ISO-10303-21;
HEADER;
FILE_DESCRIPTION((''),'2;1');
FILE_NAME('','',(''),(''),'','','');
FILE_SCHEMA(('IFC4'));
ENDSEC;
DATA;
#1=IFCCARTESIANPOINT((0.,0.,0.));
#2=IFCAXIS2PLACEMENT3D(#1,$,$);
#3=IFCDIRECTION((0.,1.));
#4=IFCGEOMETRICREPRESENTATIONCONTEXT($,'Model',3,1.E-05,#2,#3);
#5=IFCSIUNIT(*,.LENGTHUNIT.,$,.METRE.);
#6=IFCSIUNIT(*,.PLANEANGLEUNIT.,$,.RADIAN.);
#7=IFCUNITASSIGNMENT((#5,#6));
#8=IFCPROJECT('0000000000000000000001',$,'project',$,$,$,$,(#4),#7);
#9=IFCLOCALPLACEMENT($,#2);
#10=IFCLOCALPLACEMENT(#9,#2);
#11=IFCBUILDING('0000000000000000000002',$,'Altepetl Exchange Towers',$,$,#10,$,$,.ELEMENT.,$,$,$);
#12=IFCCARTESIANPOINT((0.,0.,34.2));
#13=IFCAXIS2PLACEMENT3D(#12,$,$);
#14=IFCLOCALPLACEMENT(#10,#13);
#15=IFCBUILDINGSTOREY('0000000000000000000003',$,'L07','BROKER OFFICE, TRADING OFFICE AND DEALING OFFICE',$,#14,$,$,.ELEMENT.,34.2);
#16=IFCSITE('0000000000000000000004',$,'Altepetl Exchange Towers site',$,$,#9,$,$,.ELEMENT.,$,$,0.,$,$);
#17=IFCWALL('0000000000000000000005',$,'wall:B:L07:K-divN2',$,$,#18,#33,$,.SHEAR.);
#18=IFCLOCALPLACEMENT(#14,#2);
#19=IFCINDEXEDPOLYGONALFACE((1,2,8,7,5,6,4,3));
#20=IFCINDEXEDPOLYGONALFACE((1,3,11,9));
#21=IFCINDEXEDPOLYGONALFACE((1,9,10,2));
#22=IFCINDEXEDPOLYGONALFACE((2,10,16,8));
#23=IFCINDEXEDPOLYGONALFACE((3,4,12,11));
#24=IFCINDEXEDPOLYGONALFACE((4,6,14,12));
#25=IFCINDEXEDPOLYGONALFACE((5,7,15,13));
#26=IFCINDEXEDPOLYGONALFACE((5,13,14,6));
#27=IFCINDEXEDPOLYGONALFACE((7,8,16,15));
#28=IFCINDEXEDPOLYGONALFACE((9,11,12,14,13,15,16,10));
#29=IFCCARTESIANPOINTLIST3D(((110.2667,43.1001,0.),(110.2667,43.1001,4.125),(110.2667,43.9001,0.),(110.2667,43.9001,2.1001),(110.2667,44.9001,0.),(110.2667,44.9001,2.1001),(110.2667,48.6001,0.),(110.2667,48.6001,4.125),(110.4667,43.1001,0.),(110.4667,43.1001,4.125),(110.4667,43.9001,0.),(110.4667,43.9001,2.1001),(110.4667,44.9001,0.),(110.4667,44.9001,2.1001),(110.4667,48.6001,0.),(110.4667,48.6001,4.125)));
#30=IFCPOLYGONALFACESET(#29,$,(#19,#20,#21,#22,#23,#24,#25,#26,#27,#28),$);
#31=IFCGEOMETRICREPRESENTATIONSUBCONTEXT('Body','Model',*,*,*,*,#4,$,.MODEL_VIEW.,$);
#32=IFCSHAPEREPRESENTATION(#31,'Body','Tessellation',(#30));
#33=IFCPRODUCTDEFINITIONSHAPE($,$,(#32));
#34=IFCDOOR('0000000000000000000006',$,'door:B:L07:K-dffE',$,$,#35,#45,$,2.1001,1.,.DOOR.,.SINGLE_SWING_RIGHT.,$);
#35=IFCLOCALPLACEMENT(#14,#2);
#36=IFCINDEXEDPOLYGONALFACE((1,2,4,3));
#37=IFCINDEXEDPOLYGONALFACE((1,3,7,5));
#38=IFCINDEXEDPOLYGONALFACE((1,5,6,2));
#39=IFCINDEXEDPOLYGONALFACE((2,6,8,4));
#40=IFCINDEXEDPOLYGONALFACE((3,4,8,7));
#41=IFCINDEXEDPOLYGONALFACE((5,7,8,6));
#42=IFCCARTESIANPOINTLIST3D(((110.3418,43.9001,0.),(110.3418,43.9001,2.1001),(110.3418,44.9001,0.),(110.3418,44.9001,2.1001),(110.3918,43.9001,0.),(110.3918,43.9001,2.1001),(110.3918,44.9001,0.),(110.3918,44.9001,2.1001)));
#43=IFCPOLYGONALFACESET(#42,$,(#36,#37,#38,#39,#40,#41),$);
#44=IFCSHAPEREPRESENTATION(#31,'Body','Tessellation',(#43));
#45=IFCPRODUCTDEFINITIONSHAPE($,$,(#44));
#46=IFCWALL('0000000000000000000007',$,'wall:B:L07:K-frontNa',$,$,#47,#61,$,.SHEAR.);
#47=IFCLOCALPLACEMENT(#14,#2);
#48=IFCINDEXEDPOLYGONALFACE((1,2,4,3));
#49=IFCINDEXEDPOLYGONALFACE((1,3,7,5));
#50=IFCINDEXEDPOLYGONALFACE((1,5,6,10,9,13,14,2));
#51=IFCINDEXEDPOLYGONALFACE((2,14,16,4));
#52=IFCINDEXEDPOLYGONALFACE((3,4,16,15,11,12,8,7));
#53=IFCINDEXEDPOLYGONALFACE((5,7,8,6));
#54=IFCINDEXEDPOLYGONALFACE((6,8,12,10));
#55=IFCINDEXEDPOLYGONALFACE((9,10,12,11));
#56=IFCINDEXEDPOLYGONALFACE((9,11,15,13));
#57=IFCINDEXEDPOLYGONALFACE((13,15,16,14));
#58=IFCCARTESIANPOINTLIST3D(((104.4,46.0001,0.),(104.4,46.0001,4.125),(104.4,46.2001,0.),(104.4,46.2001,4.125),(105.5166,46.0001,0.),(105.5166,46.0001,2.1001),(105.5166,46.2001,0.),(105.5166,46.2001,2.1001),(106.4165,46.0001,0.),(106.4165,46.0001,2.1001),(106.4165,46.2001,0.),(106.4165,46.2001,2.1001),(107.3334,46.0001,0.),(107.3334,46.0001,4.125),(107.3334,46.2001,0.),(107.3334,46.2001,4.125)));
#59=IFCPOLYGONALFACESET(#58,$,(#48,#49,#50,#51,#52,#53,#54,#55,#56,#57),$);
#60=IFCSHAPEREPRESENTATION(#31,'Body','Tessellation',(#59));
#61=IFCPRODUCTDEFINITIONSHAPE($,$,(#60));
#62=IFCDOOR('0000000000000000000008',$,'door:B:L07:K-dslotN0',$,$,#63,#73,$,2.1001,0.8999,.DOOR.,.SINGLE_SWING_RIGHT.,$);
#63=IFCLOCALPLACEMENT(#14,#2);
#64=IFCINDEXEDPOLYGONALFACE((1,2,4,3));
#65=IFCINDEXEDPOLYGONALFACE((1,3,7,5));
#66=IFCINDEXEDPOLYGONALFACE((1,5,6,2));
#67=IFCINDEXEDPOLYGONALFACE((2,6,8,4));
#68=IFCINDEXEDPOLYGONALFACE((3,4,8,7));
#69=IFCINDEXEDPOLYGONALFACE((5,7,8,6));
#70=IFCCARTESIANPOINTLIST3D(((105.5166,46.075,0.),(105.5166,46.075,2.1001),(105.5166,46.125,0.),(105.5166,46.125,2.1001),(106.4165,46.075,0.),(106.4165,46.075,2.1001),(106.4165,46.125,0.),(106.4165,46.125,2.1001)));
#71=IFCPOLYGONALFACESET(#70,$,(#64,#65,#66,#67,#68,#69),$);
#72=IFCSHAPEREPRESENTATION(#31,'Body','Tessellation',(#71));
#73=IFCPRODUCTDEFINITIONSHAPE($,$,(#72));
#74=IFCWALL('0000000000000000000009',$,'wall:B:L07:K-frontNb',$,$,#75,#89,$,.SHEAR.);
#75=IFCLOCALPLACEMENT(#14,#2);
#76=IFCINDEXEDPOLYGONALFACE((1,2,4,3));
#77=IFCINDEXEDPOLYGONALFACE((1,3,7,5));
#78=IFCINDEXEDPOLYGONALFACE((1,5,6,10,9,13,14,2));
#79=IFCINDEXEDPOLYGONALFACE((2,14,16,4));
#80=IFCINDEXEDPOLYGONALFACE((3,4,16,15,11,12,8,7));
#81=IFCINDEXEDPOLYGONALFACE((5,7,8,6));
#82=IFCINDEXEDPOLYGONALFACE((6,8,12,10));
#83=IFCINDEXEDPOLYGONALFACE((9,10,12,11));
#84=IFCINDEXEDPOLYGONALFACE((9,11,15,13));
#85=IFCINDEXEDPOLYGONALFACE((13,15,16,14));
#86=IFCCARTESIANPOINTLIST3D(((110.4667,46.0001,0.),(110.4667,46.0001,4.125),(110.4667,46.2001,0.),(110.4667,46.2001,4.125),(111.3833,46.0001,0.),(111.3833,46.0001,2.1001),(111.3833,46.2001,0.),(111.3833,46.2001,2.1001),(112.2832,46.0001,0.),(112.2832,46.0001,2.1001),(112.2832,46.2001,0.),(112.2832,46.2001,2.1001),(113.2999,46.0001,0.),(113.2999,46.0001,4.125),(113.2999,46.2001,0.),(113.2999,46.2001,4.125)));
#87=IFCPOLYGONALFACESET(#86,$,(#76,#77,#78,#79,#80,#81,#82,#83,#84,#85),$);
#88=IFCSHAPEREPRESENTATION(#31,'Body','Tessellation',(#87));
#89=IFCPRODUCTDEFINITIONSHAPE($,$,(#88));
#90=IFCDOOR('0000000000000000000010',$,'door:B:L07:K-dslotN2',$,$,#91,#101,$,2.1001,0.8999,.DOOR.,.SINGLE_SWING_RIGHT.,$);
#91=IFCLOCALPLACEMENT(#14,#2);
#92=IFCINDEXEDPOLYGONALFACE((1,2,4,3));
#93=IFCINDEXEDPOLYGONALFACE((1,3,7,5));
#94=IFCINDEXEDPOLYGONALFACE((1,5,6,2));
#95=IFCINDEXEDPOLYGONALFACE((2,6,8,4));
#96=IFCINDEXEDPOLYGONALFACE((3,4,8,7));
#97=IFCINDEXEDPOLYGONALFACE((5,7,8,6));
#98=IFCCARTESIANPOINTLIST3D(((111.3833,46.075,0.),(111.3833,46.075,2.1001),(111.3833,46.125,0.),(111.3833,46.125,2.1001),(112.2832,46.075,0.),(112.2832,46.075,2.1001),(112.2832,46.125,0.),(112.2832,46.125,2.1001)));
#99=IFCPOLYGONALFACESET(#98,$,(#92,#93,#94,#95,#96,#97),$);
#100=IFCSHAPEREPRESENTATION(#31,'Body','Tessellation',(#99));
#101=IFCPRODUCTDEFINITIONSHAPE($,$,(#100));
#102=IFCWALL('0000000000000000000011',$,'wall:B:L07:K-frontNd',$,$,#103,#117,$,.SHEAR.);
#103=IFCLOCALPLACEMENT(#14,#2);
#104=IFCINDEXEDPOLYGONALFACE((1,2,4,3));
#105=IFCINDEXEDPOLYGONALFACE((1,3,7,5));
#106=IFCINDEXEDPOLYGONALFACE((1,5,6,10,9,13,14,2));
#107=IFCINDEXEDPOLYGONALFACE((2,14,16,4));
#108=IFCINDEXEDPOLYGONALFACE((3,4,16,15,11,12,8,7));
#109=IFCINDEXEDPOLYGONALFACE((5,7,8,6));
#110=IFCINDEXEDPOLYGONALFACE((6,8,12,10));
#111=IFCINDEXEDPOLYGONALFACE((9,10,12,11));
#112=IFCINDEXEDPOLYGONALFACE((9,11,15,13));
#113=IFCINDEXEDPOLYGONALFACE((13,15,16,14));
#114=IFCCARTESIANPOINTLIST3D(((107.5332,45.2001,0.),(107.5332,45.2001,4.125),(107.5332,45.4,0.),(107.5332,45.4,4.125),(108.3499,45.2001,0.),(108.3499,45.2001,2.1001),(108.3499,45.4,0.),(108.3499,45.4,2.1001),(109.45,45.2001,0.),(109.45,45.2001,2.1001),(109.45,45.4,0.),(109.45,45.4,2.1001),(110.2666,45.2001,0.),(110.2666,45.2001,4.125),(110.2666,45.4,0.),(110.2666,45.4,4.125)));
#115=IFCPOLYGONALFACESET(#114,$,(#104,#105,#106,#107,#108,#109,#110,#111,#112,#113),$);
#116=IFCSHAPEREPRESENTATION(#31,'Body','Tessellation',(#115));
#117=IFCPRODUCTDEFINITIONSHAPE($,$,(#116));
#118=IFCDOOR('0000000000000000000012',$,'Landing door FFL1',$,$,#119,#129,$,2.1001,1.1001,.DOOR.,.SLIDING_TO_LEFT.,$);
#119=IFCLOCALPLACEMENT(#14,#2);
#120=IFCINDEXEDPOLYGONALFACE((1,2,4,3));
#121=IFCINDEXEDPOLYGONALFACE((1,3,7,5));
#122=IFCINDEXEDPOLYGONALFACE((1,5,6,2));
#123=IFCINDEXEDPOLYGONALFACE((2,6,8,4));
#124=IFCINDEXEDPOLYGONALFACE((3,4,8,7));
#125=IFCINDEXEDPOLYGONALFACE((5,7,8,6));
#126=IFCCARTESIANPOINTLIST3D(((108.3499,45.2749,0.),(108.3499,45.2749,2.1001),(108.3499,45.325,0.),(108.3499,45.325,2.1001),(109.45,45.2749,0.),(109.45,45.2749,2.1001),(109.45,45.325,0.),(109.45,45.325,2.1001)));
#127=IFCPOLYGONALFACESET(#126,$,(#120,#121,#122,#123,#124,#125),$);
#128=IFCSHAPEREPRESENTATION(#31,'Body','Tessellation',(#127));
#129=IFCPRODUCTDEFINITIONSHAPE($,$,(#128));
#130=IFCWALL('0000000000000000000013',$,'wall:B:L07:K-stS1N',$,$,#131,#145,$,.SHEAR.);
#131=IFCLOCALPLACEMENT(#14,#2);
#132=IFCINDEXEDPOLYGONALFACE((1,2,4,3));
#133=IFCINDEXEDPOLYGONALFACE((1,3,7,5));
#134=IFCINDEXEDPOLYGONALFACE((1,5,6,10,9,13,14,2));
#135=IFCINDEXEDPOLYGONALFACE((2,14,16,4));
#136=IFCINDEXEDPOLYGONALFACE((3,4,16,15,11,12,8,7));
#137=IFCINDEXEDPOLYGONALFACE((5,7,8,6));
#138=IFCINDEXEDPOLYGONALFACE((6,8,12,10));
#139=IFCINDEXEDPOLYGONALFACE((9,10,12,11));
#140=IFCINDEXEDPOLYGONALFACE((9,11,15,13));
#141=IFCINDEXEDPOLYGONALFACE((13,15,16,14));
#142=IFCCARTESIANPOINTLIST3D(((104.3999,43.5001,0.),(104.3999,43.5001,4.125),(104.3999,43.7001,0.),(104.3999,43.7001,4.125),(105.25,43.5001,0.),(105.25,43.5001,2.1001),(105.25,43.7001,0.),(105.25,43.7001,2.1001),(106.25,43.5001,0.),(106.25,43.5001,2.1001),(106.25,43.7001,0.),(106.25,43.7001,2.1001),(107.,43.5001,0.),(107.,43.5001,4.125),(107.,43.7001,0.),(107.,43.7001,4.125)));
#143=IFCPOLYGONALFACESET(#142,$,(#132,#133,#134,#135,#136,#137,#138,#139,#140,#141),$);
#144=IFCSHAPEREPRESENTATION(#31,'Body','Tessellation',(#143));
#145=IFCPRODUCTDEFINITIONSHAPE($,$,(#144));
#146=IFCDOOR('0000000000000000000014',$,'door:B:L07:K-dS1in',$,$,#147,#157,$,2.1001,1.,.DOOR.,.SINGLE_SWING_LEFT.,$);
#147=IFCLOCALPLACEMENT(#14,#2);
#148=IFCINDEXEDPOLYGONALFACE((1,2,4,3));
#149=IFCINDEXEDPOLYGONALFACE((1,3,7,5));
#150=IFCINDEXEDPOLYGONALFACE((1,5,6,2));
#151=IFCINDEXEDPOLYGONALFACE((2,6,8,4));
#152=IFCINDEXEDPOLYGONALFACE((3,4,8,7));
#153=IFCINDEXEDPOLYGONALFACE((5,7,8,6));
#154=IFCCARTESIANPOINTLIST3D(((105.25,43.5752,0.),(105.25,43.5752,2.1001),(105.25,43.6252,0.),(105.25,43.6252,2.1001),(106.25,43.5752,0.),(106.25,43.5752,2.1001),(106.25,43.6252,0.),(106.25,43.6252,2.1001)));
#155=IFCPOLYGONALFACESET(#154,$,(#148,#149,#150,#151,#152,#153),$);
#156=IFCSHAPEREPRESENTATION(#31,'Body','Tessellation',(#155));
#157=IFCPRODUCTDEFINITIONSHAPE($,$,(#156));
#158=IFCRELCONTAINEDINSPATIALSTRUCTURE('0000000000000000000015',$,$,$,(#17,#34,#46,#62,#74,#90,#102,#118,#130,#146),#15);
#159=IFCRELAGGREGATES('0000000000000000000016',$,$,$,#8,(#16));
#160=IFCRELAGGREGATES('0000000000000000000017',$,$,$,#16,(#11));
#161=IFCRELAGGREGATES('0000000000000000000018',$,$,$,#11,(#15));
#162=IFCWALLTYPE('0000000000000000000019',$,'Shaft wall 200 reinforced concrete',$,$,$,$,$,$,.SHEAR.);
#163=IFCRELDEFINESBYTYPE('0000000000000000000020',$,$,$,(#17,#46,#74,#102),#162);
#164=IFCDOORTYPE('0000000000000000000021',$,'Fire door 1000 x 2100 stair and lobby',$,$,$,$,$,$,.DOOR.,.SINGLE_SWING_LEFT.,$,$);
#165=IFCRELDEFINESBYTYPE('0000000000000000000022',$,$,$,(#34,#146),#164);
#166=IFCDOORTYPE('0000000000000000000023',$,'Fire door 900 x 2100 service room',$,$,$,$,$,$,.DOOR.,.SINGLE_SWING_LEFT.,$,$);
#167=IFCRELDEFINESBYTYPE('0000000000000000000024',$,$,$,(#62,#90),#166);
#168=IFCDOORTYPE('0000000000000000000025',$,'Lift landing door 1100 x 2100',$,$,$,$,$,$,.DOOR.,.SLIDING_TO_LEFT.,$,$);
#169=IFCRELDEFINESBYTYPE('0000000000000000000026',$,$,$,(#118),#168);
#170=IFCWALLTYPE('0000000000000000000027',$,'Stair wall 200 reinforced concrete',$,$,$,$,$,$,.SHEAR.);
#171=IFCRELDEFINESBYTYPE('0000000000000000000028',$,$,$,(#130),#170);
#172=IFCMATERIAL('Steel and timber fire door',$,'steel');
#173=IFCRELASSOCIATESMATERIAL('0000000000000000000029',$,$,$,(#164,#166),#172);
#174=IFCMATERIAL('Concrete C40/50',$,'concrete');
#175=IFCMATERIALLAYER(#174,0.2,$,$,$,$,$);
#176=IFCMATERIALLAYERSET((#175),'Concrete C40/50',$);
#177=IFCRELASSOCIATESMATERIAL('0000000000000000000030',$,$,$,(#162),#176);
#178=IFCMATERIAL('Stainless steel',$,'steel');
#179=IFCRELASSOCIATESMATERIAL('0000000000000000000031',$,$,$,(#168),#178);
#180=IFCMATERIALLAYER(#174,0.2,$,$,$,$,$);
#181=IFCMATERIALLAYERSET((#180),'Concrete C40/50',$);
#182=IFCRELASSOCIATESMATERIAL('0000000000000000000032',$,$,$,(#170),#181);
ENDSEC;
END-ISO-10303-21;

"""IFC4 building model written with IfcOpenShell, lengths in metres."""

from ifc_helpers import new_model, si_unit, direction, frame, frame_2d, origin, place, context, subcontext, project, spatial, rectangle, extrude, material, layer, layer_set, type_object, element, fill, save


model = new_model("IFC4")

# Units and contexts
model_context = context("Model", 3, precision=1e-05, world=origin(), true_north=direction((0.0, 1.0)))
body_context = subcontext(model_context, "Body", "Model", "MODEL_VIEW")
ifc_project = project(units=[si_unit("LENGTHUNIT", "METRE"), si_unit("PLANEANGLEUNIT", "RADIAN")], contexts=[model_context])

# Site, building, storey
site_placement = place(None, origin())
site = spatial("IfcSite", under=ifc_project, at=site_placement, Name="Altepetl Exchange Towers site", CompositionType="ELEMENT", RefElevation=0.0)
building_placement = place(site_placement, origin())
building = spatial("IfcBuilding", under=site, at=building_placement, Name="Altepetl Exchange Towers", CompositionType="ELEMENT")
storey_placement = place(building_placement, frame((0.0, 0.0, 34.2)))
storey = spatial("IfcBuildingStorey", under=building, at=storey_placement, Name="L07", Description="BROKER OFFICE, TRADING OFFICE AND DEALING OFFICE", CompositionType="ELEMENT", Elevation=34.2)

# Shared definitions
ifc_material_1 = material(Name="Steel and timber fire door", Category="steel")
door_type_1 = type_object("IfcDoorType", Name="Fire door 1000 x 2100 stair and lobby", OperationType="SINGLE_SWING_LEFT", PredefinedType="DOOR", material=ifc_material_1)

# Shared definitions
door_type_2 = type_object("IfcDoorType", Name="Fire door 900 x 2100 service room", OperationType="SINGLE_SWING_LEFT", PredefinedType="DOOR", material=ifc_material_1)

# Shared definitions
ifc_material_2 = material(Name="Concrete C40/50", Category="concrete")
ifc_layer_1 = layer(ifc_material_2, 0.2)
ifc_layer_set_1 = layer_set([ifc_layer_1], Name="Concrete C40/50")
wall_type_1 = type_object("IfcWallType", Name="Shaft wall 200 reinforced concrete", PredefinedType="SHEAR", material=ifc_layer_set_1)

# Walls, openings, doors
wall_1_placement = place(storey_placement, frame((110.3667, 48.6001, 0.0), z_axis=(0.0, 0.0, 1.0), x_axis=(0.0, -1.0, 0.0)))
wall_1 = element("IfcWall", 1, at=wall_1_placement, inside=storey, type_object=wall_type_1, Name="wall:B:L07:K-divN2", PredefinedType="SHEAR", context=body_context, shape_type="SweptSolid", body=[
    extrude(rectangle(XDim=5.5, YDim=0.2, at=frame_2d((2.75, 0.0))), origin(), (0.0, 0.0, 1.0), 4.125),
])
opening_1_placement = place(wall_1_placement, frame((3.7, 0.0, 0.0)))
opening_1 = element("IfcOpeningElement", 2, at=opening_1_placement, cuts=wall_1, PredefinedType="OPENING", context=body_context, shape_type="SweptSolid", body=[
    extrude(rectangle(XDim=1.0, YDim=2.1001, at=frame_2d((0.5, 1.05))), frame((0.0, 0.1099, 0.0), z_axis=(0.0, -1.0, 0.0), x_axis=(1.0, 0.0, 0.0)), (0.0, 0.0, 1.0), 0.22),
])
door_1_placement = place(opening_1_placement, frame((1.0, 0.0, 0.0), x_axis=(-1.0, 0.0, 0.0)))
door_1 = element("IfcDoor", 3, at=door_1_placement, inside=storey, type_object=door_type_1, Name="door:B:L07:K-dffE", OperationType="SINGLE_SWING_RIGHT", OverallHeight=2.1001, OverallWidth=1.0, PredefinedType="DOOR", context=body_context, shape_type="SweptSolid", body=[
    extrude(rectangle(XDim=1.0, YDim=2.1001, at=frame_2d((0.5, 1.05))), frame((0.0, 0.0249, 0.0), z_axis=(0.0, -1.0, 0.0), x_axis=(1.0, 0.0, 0.0)), (0.0, 0.0, 1.0), 0.05),
])
fill(opening_1, door_1)
wall_2_placement = place(storey_placement, frame((104.3999, 46.1001, 0.0)))
wall_2 = element("IfcWall", 4, at=wall_2_placement, inside=storey, type_object=wall_type_1, Name="wall:B:L07:K-frontNa", PredefinedType="SHEAR", context=body_context, shape_type="SweptSolid", body=[
    extrude(rectangle(XDim=2.9333, YDim=0.2, at=frame_2d((1.4668, 0.0))), origin(), (0.0, 0.0, 1.0), 4.125),
])
opening_2_placement = place(wall_2_placement, frame((1.1167, 0.0, 0.0)))
opening_2 = element("IfcOpeningElement", 5, at=opening_2_placement, cuts=wall_2, PredefinedType="OPENING", context=body_context, shape_type="SweptSolid", body=[
    extrude(rectangle(XDim=0.8999, YDim=2.1001, at=frame_2d((0.45, 1.05))), frame((0.0, 0.1099, 0.0), z_axis=(0.0, -1.0, 0.0), x_axis=(1.0, 0.0, 0.0)), (0.0, 0.0, 1.0), 0.22),
])
door_2_placement = place(opening_2_placement, origin())
door_2 = element("IfcDoor", 6, at=door_2_placement, inside=storey, type_object=door_type_2, Name="door:B:L07:K-dslotN0", OperationType="SINGLE_SWING_RIGHT", OverallHeight=2.1001, OverallWidth=0.8999, PredefinedType="DOOR", context=body_context, shape_type="SweptSolid", body=[
    extrude(rectangle(XDim=0.8999, YDim=2.1001, at=frame_2d((0.45, 1.05))), frame((0.0, 0.0249, 0.0), z_axis=(0.0, -1.0, 0.0), x_axis=(1.0, 0.0, 0.0)), (0.0, 0.0, 1.0), 0.05),
])
fill(opening_2, door_2)
wall_3_placement = place(storey_placement, frame((110.4668, 46.1001, 0.0)))
wall_3 = element("IfcWall", 7, at=wall_3_placement, inside=storey, type_object=wall_type_1, Name="wall:B:L07:K-frontNb", PredefinedType="SHEAR", context=body_context, shape_type="SweptSolid", body=[
    extrude(rectangle(XDim=2.8333, YDim=0.2, at=frame_2d((1.4165, 0.0))), origin(), (0.0, 0.0, 1.0), 4.125),
])
opening_3_placement = place(wall_3_placement, frame((0.9165, 0.0, 0.0)))
opening_3 = element("IfcOpeningElement", 8, at=opening_3_placement, cuts=wall_3, PredefinedType="OPENING", context=body_context, shape_type="SweptSolid", body=[
    extrude(rectangle(XDim=0.8999, YDim=2.1001, at=frame_2d((0.45, 1.05))), frame((0.0, 0.1099, 0.0), z_axis=(0.0, -1.0, 0.0), x_axis=(1.0, 0.0, 0.0)), (0.0, 0.0, 1.0), 0.22),
])
door_3_placement = place(opening_3_placement, origin())
door_3 = element("IfcDoor", 9, at=door_3_placement, inside=storey, type_object=door_type_2, Name="door:B:L07:K-dslotN2", OperationType="SINGLE_SWING_RIGHT", OverallHeight=2.1001, OverallWidth=0.8999, PredefinedType="DOOR", context=body_context, shape_type="SweptSolid", body=[
    extrude(rectangle(XDim=0.8999, YDim=2.1001, at=frame_2d((0.45, 1.05))), frame((0.0, 0.0249, 0.0), z_axis=(0.0, -1.0, 0.0), x_axis=(1.0, 0.0, 0.0)), (0.0, 0.0, 1.0), 0.05),
])
fill(opening_3, door_3)
wall_4_placement = place(storey_placement, frame((107.5332, 45.3, 0.0)))
wall_4 = element("IfcWall", 10, at=wall_4_placement, inside=storey, type_object=wall_type_1, Name="wall:B:L07:K-frontNd", PredefinedType="SHEAR", context=body_context, shape_type="SweptSolid", body=[
    extrude(rectangle(XDim=2.7334, YDim=0.2, at=frame_2d((1.3667, 0.0))), origin(), (0.0, 0.0, 1.0), 4.125),
])
opening_4_placement = place(wall_4_placement, frame((0.8167, 0.0, 0.0)))
opening_4 = element("IfcOpeningElement", 11, at=opening_4_placement, cuts=wall_4, PredefinedType="OPENING", context=body_context, shape_type="SweptSolid", body=[
    extrude(rectangle(XDim=1.1001, YDim=2.1001, at=frame_2d((0.55, 1.05))), frame((0.0, 0.1099, 0.0), z_axis=(0.0, -1.0, 0.0), x_axis=(1.0, 0.0, 0.0)), (0.0, 0.0, 1.0), 0.22),
])
ifc_material_3 = material(Name="Stainless steel", Category="steel")
door_type_3 = type_object("IfcDoorType", Name="Lift landing door 1100 x 2100", OperationType="SLIDING_TO_LEFT", PredefinedType="DOOR", material=ifc_material_3)
door_4_placement = place(opening_4_placement, origin())
door_4 = element("IfcDoor", 12, at=door_4_placement, inside=storey, type_object=door_type_3, Name="Landing door FFL1", OperationType="SLIDING_TO_LEFT", OverallHeight=2.1001, OverallWidth=1.1001, PredefinedType="DOOR", context=body_context, shape_type="SweptSolid", body=[
    extrude(rectangle(XDim=1.1001, YDim=2.1001, at=frame_2d((0.55, 1.05))), frame((0.0, 0.0249, 0.0), z_axis=(0.0, -1.0, 0.0), x_axis=(1.0, 0.0, 0.0)), (0.0, 0.0, 1.0), 0.05),
])
fill(opening_4, door_4)
ifc_layer_2 = layer(ifc_material_2, 0.2)
ifc_layer_set_2 = layer_set([ifc_layer_2], Name="Concrete C40/50")
wall_type_2 = type_object("IfcWallType", Name="Stair wall 200 reinforced concrete", PredefinedType="SHEAR", material=ifc_layer_set_2)
wall_5_placement = place(storey_placement, frame((104.3999, 43.6001, 0.0)))
wall_5 = element("IfcWall", 13, at=wall_5_placement, inside=storey, type_object=wall_type_2, Name="wall:B:L07:K-stS1N", PredefinedType="SHEAR", context=body_context, shape_type="SweptSolid", body=[
    extrude(rectangle(XDim=2.6001, YDim=0.2, at=frame_2d((1.3, 0.0))), origin(), (0.0, 0.0, 1.0), 4.125),
])
opening_5_placement = place(wall_5_placement, frame((0.8501, 0.0, 0.0)))
opening_5 = element("IfcOpeningElement", 14, at=opening_5_placement, cuts=wall_5, PredefinedType="OPENING", context=body_context, shape_type="SweptSolid", body=[
    extrude(rectangle(XDim=1.0, YDim=2.1001, at=frame_2d((0.5, 1.05))), frame((0.0, 0.1099, 0.0), z_axis=(0.0, -1.0, 0.0), x_axis=(1.0, 0.0, 0.0)), (0.0, 0.0, 1.0), 0.22),
])
door_5_placement = place(opening_5_placement, frame((1.0, 0.0, 0.0), x_axis=(-1.0, 0.0, 0.0)))
door_5 = element("IfcDoor", 15, at=door_5_placement, inside=storey, type_object=door_type_1, Name="door:B:L07:K-dS1in", OperationType="SINGLE_SWING_LEFT", OverallHeight=2.1001, OverallWidth=1.0, PredefinedType="DOOR", context=body_context, shape_type="SweptSolid", body=[
    extrude(rectangle(XDim=1.0, YDim=2.1001, at=frame_2d((0.5, 1.05))), frame((0.0, 0.0249, 0.0), z_axis=(0.0, -1.0, 0.0), x_axis=(1.0, 0.0, 0.0)), (0.0, 0.0, 1.0), 0.05),
])
fill(opening_5, door_5)

save(model, "model.ifc")
